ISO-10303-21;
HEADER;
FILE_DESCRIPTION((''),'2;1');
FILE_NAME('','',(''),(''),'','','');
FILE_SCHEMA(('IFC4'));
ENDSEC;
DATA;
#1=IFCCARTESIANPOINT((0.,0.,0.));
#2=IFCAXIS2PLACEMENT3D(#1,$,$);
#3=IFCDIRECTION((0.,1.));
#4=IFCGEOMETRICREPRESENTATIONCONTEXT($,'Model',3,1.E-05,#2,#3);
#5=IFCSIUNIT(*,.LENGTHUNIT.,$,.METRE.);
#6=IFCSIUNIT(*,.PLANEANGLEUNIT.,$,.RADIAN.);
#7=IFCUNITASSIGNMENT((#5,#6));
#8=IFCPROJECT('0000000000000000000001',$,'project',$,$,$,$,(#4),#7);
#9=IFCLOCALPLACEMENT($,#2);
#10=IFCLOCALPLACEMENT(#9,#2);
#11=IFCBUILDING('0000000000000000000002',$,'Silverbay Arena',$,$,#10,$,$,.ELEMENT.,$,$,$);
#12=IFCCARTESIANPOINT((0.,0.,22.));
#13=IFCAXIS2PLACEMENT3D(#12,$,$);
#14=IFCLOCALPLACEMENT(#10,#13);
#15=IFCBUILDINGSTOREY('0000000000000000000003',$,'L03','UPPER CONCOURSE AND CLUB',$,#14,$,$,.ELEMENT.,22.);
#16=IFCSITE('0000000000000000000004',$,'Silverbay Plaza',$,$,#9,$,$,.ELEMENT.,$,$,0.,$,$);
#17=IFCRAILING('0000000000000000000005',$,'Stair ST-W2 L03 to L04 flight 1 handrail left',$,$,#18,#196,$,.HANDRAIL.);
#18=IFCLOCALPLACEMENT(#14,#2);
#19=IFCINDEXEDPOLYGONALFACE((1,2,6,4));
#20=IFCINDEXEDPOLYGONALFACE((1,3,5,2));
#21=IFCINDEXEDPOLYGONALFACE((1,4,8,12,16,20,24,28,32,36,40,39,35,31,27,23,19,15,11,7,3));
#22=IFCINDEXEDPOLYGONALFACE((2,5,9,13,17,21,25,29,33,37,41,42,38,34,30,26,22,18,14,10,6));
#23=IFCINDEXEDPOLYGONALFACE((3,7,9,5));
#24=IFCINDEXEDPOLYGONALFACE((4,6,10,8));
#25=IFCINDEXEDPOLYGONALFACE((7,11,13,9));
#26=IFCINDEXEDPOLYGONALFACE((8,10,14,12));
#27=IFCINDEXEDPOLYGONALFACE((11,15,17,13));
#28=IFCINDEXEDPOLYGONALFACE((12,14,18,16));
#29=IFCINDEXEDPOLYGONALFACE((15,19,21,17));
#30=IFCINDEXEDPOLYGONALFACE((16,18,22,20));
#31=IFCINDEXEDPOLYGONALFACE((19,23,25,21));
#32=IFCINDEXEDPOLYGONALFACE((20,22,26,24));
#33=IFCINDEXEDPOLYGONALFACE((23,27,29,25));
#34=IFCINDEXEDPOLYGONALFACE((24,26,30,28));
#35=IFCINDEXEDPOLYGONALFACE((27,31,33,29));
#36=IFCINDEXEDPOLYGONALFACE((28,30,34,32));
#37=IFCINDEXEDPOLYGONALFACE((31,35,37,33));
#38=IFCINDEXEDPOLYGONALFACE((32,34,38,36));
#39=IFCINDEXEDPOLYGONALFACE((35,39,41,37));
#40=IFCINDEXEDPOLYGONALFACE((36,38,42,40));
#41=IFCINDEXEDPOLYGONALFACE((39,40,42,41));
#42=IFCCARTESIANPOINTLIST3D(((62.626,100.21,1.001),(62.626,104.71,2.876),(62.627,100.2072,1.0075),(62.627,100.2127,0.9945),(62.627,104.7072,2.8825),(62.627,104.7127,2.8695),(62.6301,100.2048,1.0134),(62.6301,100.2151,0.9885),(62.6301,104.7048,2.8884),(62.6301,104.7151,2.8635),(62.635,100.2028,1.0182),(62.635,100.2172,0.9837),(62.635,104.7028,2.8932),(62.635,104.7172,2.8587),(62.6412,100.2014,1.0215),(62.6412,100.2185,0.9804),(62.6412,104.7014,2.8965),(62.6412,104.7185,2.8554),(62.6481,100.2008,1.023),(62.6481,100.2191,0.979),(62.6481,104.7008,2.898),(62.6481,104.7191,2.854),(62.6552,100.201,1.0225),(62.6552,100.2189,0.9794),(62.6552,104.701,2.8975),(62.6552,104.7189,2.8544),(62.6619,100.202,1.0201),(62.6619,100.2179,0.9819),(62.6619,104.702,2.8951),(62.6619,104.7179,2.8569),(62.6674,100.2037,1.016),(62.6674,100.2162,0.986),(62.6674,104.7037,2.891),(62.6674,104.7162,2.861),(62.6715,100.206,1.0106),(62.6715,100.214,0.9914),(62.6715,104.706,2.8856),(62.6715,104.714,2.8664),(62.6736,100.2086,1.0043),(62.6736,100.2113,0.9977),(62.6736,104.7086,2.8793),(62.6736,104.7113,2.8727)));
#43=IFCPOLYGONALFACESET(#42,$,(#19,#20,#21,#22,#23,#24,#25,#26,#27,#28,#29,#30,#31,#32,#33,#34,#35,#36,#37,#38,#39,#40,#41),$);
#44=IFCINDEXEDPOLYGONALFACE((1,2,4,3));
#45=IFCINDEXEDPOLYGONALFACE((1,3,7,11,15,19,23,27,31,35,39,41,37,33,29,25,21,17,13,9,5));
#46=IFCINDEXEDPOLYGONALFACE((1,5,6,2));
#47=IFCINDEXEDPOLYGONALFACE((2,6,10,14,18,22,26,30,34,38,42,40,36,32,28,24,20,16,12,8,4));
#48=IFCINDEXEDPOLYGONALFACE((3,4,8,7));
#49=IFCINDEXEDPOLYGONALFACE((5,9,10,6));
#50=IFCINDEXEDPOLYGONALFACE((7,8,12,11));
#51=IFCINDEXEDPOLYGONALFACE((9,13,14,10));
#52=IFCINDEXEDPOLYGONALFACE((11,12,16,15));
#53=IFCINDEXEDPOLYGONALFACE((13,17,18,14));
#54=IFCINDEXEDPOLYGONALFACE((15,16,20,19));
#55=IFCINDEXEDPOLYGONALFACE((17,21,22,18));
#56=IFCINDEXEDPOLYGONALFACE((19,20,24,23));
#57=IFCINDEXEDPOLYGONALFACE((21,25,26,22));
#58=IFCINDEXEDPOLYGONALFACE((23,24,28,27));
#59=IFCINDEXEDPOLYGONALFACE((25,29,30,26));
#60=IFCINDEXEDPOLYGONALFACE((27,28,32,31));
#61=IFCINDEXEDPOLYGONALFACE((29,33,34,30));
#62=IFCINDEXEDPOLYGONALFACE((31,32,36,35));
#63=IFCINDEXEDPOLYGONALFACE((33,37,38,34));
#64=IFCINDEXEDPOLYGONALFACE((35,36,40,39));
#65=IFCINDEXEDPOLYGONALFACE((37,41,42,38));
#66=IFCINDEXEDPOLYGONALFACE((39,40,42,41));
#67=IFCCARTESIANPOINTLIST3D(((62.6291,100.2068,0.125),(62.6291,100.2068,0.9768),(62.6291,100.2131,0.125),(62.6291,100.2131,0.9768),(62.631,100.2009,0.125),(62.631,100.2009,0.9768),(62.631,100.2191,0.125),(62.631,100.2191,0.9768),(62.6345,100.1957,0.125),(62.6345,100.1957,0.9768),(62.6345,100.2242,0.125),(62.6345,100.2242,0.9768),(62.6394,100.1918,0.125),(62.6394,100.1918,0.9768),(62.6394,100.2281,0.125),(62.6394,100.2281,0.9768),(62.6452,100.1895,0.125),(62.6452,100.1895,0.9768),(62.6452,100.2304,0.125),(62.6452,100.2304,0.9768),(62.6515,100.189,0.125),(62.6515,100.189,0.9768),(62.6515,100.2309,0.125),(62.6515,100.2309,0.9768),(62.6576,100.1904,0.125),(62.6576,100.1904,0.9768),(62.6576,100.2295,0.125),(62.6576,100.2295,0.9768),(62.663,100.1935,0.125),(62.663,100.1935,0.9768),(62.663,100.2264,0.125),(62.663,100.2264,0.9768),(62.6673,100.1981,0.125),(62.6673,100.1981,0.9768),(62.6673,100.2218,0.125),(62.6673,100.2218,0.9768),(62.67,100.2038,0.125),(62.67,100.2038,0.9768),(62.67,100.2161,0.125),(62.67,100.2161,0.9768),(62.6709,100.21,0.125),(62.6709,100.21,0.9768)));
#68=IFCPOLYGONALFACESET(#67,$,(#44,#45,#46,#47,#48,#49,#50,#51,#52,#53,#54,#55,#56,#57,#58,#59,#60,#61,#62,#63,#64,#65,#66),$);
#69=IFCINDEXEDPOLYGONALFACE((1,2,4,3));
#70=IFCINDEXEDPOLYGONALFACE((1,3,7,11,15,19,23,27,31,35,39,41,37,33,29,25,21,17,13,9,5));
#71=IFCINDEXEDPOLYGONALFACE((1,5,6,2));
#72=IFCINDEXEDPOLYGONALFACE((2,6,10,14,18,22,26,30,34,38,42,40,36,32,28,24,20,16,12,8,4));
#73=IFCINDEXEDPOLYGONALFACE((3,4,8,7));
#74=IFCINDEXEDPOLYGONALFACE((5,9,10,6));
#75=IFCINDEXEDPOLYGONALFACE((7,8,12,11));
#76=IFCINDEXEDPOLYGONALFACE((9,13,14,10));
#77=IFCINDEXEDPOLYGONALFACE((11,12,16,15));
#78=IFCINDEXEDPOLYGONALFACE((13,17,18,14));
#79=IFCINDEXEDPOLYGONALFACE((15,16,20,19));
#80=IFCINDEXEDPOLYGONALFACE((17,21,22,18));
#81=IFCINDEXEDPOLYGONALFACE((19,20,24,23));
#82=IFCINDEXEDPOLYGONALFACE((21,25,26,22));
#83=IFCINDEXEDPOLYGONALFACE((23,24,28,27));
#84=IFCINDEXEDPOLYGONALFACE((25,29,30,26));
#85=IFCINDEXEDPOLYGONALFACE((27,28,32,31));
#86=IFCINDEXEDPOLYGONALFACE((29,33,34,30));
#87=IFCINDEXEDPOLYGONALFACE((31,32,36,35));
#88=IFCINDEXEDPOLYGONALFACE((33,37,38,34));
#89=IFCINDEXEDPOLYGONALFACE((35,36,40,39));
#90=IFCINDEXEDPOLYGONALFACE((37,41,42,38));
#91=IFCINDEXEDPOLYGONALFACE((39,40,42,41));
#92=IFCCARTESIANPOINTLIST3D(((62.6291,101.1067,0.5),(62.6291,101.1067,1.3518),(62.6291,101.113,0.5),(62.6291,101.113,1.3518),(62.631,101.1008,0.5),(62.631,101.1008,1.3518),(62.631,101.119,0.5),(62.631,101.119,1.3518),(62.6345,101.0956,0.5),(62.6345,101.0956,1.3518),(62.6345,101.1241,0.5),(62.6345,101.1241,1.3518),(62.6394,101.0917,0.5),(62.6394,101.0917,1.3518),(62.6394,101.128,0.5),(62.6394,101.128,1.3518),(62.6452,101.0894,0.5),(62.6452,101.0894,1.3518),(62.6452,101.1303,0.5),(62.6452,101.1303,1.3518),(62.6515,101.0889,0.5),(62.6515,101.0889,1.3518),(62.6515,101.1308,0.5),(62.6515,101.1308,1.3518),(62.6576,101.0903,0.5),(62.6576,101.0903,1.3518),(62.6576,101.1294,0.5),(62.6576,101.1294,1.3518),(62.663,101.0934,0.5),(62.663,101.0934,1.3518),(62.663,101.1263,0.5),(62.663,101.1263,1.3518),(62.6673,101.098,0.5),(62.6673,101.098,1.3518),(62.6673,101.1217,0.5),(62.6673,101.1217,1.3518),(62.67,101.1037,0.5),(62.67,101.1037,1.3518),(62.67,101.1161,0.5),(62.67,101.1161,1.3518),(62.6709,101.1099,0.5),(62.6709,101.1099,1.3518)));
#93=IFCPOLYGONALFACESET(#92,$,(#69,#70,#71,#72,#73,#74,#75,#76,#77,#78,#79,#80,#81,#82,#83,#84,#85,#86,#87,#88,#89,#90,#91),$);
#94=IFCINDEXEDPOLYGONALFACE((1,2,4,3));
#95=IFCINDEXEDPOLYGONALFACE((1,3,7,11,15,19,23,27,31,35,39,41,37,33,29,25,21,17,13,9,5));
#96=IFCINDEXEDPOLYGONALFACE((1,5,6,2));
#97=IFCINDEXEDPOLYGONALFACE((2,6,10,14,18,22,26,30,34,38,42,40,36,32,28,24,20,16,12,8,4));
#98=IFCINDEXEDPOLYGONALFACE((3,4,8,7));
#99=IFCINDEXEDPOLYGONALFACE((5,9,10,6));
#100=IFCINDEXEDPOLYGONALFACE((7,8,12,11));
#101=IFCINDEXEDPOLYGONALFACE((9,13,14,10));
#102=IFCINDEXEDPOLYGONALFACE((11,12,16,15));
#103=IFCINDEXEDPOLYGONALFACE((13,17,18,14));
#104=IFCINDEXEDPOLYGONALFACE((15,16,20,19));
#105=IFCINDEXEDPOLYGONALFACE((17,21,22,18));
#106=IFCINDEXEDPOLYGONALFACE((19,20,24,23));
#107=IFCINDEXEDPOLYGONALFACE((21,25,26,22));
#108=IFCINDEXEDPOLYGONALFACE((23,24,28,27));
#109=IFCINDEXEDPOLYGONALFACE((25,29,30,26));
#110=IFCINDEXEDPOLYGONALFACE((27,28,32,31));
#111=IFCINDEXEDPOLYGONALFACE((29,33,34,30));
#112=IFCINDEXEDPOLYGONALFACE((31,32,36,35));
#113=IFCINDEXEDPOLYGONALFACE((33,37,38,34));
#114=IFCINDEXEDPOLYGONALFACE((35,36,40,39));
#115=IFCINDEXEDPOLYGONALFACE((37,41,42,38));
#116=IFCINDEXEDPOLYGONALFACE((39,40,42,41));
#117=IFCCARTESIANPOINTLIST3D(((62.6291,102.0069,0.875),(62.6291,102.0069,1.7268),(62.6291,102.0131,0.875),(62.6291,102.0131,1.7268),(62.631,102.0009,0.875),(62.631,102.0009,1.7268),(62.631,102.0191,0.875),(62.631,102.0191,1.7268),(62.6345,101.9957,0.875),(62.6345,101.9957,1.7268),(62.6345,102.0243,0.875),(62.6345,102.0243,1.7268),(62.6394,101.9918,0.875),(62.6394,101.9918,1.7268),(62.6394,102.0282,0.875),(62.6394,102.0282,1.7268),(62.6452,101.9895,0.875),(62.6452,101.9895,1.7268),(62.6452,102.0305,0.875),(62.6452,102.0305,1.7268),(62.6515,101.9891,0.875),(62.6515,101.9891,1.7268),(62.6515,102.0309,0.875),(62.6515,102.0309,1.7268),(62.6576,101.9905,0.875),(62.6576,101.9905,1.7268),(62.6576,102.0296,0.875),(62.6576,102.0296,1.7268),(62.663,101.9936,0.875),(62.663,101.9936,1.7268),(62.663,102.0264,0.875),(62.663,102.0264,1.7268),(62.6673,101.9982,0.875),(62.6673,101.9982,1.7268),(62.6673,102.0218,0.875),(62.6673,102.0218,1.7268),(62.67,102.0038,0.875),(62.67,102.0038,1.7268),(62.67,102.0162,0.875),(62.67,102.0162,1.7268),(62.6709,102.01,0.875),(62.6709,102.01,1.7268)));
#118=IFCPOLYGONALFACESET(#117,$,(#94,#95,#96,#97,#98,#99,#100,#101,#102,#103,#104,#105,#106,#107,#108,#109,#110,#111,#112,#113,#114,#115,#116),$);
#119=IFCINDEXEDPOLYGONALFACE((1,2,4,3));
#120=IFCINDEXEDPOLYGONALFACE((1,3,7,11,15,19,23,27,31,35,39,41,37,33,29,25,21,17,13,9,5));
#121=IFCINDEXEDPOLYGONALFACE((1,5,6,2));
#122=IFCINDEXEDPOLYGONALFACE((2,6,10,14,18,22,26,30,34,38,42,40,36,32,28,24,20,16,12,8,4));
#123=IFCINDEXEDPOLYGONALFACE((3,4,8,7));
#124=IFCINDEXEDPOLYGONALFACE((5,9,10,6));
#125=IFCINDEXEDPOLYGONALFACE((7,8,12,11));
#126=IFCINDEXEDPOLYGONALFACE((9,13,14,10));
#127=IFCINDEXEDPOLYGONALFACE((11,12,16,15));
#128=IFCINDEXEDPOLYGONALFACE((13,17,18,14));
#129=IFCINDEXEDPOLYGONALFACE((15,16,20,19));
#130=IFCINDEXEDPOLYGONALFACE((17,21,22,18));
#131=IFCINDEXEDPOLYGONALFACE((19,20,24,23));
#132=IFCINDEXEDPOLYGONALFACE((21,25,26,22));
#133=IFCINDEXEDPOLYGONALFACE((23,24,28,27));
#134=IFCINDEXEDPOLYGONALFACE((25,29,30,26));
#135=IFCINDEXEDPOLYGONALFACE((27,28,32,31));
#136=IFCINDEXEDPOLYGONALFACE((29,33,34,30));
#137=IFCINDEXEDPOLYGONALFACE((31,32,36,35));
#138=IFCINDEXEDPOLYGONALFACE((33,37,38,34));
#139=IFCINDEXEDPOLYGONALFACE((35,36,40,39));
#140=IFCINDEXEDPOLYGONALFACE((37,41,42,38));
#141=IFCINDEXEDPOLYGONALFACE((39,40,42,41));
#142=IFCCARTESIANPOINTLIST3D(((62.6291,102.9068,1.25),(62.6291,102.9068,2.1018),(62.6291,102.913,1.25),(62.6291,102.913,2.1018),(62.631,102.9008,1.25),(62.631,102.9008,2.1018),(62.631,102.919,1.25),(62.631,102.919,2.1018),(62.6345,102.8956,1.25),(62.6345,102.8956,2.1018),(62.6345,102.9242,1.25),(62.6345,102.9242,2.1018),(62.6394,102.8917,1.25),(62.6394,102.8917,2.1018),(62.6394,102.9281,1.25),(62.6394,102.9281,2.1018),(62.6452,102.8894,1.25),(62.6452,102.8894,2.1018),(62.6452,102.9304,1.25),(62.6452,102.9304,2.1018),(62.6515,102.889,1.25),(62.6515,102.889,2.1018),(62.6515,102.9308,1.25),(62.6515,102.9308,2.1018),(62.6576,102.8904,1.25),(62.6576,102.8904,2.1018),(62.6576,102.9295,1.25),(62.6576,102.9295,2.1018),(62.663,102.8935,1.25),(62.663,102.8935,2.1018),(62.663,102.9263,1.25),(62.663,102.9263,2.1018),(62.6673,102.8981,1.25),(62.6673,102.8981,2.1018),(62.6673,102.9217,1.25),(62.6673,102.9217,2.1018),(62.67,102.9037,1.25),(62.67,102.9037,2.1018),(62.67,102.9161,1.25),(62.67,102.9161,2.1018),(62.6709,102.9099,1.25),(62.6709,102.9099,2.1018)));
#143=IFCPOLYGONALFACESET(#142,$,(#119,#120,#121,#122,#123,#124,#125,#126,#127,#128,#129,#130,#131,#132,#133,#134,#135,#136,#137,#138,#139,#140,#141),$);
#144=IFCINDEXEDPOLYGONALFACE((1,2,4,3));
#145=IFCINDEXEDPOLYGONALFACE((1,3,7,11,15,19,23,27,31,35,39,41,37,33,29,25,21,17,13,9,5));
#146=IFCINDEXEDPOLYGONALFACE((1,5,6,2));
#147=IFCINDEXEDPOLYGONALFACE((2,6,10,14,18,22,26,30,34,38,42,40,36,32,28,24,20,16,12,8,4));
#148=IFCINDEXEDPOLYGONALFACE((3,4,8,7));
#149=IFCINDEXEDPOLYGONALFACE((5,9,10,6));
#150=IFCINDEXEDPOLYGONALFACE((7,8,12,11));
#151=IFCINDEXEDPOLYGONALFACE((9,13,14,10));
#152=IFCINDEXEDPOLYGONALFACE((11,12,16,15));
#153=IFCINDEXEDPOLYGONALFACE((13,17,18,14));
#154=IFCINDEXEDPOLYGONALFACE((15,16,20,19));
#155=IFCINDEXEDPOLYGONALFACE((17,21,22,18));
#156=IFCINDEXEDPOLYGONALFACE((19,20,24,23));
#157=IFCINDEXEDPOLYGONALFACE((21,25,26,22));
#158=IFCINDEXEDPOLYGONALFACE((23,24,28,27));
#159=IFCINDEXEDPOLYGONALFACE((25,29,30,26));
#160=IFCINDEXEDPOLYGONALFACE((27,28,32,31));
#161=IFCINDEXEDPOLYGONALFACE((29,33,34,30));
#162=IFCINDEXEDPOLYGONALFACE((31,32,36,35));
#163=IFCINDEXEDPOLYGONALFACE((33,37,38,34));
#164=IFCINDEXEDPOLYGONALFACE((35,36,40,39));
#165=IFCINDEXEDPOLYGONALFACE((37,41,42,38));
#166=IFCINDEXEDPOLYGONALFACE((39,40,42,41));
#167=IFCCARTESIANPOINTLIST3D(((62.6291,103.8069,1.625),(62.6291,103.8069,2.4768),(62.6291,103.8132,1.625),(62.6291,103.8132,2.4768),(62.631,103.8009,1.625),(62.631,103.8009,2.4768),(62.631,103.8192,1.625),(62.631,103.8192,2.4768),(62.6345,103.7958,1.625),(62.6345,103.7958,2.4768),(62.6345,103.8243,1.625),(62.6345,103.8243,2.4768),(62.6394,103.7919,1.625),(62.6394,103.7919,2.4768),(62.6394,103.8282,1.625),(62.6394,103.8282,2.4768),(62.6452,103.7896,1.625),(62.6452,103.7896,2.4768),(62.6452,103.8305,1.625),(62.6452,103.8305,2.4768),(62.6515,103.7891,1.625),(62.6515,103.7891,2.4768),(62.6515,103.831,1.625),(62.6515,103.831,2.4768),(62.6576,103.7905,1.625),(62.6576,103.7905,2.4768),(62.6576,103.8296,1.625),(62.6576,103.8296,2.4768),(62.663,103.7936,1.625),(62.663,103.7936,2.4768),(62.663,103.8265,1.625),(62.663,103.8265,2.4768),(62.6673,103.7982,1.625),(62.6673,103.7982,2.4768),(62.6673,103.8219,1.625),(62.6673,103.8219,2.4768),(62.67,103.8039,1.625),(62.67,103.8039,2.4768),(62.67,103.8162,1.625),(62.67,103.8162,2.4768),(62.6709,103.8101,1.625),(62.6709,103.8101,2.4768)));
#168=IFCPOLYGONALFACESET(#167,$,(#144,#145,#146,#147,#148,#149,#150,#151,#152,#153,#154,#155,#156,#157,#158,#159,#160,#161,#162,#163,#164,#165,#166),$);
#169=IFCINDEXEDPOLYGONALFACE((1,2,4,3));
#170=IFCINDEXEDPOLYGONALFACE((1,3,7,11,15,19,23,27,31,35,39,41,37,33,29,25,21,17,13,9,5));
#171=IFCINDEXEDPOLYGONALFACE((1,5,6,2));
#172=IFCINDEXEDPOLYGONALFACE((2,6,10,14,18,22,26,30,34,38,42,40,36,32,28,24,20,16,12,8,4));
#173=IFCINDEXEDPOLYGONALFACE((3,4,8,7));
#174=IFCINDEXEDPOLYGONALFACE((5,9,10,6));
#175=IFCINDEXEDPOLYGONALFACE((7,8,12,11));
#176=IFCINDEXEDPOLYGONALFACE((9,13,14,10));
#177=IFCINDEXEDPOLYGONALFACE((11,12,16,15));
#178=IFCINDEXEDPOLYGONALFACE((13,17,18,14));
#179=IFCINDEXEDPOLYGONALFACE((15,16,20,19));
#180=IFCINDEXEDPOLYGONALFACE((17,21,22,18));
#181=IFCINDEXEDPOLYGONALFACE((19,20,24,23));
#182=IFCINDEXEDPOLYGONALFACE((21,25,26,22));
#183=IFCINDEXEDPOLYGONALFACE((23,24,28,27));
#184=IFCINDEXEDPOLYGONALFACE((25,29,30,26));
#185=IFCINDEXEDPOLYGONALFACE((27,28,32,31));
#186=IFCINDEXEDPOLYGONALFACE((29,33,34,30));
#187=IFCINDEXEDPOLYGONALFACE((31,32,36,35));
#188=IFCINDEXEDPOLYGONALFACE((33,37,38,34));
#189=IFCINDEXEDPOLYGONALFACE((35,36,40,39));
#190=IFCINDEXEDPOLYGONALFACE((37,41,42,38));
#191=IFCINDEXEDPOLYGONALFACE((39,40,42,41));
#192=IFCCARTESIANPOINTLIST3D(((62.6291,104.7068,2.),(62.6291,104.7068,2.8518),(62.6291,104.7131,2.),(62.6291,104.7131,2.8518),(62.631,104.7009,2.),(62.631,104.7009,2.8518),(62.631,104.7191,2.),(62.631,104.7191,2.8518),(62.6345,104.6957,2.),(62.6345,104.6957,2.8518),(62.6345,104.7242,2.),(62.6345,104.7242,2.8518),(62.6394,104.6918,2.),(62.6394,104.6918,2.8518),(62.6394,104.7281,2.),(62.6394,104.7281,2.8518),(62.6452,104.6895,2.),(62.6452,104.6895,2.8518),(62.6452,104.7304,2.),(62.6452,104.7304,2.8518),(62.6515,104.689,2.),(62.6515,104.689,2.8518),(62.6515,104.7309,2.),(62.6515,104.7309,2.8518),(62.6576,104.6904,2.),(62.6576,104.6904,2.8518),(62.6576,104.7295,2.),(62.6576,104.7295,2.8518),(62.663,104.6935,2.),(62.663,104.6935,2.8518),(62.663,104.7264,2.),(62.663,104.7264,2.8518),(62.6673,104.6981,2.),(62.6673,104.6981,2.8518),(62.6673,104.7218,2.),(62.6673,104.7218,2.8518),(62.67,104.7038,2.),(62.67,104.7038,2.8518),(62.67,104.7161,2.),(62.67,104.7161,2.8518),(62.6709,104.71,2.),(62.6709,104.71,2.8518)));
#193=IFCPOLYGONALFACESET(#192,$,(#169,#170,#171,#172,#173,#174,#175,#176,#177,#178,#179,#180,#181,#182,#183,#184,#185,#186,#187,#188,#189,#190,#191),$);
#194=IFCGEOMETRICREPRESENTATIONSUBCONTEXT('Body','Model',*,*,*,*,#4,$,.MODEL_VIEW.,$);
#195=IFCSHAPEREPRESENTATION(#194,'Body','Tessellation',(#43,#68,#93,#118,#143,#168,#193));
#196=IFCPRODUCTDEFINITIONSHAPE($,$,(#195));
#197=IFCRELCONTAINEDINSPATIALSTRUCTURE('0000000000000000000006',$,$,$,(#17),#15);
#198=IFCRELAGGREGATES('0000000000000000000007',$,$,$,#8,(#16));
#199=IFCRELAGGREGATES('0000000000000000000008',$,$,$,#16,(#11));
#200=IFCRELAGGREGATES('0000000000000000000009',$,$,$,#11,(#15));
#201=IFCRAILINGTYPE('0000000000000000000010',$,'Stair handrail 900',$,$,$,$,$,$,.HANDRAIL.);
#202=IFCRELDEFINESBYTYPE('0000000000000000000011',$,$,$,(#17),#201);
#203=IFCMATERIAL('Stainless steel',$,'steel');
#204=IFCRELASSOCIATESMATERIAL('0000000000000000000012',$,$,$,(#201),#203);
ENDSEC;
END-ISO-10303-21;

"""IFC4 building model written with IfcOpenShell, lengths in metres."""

from ifc_helpers import new_model, si_unit, direction, frame, origin, origin_2d, place, context, subcontext, project, spatial, circle, extrude, material, type_object, element, save


model = new_model("IFC4")

# Units and contexts
model_context = context("Model", 3, precision=1e-05, world=origin(), true_north=direction((0.0, 1.0)))
body_context = subcontext(model_context, "Body", "Model", "MODEL_VIEW")
ifc_project = project(units=[si_unit("LENGTHUNIT", "METRE"), si_unit("PLANEANGLEUNIT", "RADIAN")], contexts=[model_context])

# Site, building, storey
site_placement = place(None, origin())
site = spatial("IfcSite", under=ifc_project, at=site_placement, Name="Silverbay Plaza", CompositionType="ELEMENT", RefElevation=0.0)
building_placement = place(site_placement, origin())
building = spatial("IfcBuilding", under=site, at=building_placement, Name="Silverbay Arena", CompositionType="ELEMENT")
storey_placement = place(building_placement, frame((0.0, 0.0, 22.0)))
storey = spatial("IfcBuildingStorey", under=building, at=storey_placement, Name="L03", Description="UPPER CONCOURSE AND CLUB", CompositionType="ELEMENT", Elevation=22.0)

# Railing
ifc_material_1 = material(Name="Stainless steel", Category="steel")
railing_type_1 = type_object("IfcRailingType", Name="Stair handrail 900", PredefinedType="HANDRAIL", material=ifc_material_1)
for number, where, name in (
    (1, (62.6499, 100.21, 0.125), "Stair ST-W2 L03 to L04 flight 1 handrail left"),
):
    element("IfcRailing", number, at=place(storey_placement, frame(where)), inside=storey, type_object=railing_type_1, Name=name, PredefinedType="HANDRAIL", context=body_context, shape_type="SweptSolid", body=[
        extrude(circle(Radius=0.0239, at=origin_2d()), frame((0.0, 0.0, 0.876), z_axis=(0.0, 0.923077, 0.384615), x_axis=(-1.0, 0.0, 0.0)), (0.0, 0.0, 1.0), 4.875),
        extrude(circle(Radius=0.021, at=origin_2d()), origin(), (0.0, 0.0, 1.0), 0.8518),
        extrude(circle(Radius=0.021, at=origin_2d()), frame((0.0, 0.8999, 0.375)), (0.0, 0.0, 1.0), 0.8518),
        extrude(circle(Radius=0.021, at=origin_2d()), frame((0.0, 1.8, 0.75)), (0.0, 0.0, 1.0), 0.8518),
        extrude(circle(Radius=0.021, at=origin_2d()), frame((0.0, 2.7, 1.125)), (0.0, 0.0, 1.0), 0.8518),
        extrude(circle(Radius=0.021, at=origin_2d()), frame((0.0, 3.6001, 1.5)), (0.0, 0.0, 1.0), 0.8518),
        extrude(circle(Radius=0.021, at=origin_2d()), frame((0.0, 4.5, 1.875)), (0.0, 0.0, 1.0), 0.8518),
    ])

save(model, "model.ifc")
